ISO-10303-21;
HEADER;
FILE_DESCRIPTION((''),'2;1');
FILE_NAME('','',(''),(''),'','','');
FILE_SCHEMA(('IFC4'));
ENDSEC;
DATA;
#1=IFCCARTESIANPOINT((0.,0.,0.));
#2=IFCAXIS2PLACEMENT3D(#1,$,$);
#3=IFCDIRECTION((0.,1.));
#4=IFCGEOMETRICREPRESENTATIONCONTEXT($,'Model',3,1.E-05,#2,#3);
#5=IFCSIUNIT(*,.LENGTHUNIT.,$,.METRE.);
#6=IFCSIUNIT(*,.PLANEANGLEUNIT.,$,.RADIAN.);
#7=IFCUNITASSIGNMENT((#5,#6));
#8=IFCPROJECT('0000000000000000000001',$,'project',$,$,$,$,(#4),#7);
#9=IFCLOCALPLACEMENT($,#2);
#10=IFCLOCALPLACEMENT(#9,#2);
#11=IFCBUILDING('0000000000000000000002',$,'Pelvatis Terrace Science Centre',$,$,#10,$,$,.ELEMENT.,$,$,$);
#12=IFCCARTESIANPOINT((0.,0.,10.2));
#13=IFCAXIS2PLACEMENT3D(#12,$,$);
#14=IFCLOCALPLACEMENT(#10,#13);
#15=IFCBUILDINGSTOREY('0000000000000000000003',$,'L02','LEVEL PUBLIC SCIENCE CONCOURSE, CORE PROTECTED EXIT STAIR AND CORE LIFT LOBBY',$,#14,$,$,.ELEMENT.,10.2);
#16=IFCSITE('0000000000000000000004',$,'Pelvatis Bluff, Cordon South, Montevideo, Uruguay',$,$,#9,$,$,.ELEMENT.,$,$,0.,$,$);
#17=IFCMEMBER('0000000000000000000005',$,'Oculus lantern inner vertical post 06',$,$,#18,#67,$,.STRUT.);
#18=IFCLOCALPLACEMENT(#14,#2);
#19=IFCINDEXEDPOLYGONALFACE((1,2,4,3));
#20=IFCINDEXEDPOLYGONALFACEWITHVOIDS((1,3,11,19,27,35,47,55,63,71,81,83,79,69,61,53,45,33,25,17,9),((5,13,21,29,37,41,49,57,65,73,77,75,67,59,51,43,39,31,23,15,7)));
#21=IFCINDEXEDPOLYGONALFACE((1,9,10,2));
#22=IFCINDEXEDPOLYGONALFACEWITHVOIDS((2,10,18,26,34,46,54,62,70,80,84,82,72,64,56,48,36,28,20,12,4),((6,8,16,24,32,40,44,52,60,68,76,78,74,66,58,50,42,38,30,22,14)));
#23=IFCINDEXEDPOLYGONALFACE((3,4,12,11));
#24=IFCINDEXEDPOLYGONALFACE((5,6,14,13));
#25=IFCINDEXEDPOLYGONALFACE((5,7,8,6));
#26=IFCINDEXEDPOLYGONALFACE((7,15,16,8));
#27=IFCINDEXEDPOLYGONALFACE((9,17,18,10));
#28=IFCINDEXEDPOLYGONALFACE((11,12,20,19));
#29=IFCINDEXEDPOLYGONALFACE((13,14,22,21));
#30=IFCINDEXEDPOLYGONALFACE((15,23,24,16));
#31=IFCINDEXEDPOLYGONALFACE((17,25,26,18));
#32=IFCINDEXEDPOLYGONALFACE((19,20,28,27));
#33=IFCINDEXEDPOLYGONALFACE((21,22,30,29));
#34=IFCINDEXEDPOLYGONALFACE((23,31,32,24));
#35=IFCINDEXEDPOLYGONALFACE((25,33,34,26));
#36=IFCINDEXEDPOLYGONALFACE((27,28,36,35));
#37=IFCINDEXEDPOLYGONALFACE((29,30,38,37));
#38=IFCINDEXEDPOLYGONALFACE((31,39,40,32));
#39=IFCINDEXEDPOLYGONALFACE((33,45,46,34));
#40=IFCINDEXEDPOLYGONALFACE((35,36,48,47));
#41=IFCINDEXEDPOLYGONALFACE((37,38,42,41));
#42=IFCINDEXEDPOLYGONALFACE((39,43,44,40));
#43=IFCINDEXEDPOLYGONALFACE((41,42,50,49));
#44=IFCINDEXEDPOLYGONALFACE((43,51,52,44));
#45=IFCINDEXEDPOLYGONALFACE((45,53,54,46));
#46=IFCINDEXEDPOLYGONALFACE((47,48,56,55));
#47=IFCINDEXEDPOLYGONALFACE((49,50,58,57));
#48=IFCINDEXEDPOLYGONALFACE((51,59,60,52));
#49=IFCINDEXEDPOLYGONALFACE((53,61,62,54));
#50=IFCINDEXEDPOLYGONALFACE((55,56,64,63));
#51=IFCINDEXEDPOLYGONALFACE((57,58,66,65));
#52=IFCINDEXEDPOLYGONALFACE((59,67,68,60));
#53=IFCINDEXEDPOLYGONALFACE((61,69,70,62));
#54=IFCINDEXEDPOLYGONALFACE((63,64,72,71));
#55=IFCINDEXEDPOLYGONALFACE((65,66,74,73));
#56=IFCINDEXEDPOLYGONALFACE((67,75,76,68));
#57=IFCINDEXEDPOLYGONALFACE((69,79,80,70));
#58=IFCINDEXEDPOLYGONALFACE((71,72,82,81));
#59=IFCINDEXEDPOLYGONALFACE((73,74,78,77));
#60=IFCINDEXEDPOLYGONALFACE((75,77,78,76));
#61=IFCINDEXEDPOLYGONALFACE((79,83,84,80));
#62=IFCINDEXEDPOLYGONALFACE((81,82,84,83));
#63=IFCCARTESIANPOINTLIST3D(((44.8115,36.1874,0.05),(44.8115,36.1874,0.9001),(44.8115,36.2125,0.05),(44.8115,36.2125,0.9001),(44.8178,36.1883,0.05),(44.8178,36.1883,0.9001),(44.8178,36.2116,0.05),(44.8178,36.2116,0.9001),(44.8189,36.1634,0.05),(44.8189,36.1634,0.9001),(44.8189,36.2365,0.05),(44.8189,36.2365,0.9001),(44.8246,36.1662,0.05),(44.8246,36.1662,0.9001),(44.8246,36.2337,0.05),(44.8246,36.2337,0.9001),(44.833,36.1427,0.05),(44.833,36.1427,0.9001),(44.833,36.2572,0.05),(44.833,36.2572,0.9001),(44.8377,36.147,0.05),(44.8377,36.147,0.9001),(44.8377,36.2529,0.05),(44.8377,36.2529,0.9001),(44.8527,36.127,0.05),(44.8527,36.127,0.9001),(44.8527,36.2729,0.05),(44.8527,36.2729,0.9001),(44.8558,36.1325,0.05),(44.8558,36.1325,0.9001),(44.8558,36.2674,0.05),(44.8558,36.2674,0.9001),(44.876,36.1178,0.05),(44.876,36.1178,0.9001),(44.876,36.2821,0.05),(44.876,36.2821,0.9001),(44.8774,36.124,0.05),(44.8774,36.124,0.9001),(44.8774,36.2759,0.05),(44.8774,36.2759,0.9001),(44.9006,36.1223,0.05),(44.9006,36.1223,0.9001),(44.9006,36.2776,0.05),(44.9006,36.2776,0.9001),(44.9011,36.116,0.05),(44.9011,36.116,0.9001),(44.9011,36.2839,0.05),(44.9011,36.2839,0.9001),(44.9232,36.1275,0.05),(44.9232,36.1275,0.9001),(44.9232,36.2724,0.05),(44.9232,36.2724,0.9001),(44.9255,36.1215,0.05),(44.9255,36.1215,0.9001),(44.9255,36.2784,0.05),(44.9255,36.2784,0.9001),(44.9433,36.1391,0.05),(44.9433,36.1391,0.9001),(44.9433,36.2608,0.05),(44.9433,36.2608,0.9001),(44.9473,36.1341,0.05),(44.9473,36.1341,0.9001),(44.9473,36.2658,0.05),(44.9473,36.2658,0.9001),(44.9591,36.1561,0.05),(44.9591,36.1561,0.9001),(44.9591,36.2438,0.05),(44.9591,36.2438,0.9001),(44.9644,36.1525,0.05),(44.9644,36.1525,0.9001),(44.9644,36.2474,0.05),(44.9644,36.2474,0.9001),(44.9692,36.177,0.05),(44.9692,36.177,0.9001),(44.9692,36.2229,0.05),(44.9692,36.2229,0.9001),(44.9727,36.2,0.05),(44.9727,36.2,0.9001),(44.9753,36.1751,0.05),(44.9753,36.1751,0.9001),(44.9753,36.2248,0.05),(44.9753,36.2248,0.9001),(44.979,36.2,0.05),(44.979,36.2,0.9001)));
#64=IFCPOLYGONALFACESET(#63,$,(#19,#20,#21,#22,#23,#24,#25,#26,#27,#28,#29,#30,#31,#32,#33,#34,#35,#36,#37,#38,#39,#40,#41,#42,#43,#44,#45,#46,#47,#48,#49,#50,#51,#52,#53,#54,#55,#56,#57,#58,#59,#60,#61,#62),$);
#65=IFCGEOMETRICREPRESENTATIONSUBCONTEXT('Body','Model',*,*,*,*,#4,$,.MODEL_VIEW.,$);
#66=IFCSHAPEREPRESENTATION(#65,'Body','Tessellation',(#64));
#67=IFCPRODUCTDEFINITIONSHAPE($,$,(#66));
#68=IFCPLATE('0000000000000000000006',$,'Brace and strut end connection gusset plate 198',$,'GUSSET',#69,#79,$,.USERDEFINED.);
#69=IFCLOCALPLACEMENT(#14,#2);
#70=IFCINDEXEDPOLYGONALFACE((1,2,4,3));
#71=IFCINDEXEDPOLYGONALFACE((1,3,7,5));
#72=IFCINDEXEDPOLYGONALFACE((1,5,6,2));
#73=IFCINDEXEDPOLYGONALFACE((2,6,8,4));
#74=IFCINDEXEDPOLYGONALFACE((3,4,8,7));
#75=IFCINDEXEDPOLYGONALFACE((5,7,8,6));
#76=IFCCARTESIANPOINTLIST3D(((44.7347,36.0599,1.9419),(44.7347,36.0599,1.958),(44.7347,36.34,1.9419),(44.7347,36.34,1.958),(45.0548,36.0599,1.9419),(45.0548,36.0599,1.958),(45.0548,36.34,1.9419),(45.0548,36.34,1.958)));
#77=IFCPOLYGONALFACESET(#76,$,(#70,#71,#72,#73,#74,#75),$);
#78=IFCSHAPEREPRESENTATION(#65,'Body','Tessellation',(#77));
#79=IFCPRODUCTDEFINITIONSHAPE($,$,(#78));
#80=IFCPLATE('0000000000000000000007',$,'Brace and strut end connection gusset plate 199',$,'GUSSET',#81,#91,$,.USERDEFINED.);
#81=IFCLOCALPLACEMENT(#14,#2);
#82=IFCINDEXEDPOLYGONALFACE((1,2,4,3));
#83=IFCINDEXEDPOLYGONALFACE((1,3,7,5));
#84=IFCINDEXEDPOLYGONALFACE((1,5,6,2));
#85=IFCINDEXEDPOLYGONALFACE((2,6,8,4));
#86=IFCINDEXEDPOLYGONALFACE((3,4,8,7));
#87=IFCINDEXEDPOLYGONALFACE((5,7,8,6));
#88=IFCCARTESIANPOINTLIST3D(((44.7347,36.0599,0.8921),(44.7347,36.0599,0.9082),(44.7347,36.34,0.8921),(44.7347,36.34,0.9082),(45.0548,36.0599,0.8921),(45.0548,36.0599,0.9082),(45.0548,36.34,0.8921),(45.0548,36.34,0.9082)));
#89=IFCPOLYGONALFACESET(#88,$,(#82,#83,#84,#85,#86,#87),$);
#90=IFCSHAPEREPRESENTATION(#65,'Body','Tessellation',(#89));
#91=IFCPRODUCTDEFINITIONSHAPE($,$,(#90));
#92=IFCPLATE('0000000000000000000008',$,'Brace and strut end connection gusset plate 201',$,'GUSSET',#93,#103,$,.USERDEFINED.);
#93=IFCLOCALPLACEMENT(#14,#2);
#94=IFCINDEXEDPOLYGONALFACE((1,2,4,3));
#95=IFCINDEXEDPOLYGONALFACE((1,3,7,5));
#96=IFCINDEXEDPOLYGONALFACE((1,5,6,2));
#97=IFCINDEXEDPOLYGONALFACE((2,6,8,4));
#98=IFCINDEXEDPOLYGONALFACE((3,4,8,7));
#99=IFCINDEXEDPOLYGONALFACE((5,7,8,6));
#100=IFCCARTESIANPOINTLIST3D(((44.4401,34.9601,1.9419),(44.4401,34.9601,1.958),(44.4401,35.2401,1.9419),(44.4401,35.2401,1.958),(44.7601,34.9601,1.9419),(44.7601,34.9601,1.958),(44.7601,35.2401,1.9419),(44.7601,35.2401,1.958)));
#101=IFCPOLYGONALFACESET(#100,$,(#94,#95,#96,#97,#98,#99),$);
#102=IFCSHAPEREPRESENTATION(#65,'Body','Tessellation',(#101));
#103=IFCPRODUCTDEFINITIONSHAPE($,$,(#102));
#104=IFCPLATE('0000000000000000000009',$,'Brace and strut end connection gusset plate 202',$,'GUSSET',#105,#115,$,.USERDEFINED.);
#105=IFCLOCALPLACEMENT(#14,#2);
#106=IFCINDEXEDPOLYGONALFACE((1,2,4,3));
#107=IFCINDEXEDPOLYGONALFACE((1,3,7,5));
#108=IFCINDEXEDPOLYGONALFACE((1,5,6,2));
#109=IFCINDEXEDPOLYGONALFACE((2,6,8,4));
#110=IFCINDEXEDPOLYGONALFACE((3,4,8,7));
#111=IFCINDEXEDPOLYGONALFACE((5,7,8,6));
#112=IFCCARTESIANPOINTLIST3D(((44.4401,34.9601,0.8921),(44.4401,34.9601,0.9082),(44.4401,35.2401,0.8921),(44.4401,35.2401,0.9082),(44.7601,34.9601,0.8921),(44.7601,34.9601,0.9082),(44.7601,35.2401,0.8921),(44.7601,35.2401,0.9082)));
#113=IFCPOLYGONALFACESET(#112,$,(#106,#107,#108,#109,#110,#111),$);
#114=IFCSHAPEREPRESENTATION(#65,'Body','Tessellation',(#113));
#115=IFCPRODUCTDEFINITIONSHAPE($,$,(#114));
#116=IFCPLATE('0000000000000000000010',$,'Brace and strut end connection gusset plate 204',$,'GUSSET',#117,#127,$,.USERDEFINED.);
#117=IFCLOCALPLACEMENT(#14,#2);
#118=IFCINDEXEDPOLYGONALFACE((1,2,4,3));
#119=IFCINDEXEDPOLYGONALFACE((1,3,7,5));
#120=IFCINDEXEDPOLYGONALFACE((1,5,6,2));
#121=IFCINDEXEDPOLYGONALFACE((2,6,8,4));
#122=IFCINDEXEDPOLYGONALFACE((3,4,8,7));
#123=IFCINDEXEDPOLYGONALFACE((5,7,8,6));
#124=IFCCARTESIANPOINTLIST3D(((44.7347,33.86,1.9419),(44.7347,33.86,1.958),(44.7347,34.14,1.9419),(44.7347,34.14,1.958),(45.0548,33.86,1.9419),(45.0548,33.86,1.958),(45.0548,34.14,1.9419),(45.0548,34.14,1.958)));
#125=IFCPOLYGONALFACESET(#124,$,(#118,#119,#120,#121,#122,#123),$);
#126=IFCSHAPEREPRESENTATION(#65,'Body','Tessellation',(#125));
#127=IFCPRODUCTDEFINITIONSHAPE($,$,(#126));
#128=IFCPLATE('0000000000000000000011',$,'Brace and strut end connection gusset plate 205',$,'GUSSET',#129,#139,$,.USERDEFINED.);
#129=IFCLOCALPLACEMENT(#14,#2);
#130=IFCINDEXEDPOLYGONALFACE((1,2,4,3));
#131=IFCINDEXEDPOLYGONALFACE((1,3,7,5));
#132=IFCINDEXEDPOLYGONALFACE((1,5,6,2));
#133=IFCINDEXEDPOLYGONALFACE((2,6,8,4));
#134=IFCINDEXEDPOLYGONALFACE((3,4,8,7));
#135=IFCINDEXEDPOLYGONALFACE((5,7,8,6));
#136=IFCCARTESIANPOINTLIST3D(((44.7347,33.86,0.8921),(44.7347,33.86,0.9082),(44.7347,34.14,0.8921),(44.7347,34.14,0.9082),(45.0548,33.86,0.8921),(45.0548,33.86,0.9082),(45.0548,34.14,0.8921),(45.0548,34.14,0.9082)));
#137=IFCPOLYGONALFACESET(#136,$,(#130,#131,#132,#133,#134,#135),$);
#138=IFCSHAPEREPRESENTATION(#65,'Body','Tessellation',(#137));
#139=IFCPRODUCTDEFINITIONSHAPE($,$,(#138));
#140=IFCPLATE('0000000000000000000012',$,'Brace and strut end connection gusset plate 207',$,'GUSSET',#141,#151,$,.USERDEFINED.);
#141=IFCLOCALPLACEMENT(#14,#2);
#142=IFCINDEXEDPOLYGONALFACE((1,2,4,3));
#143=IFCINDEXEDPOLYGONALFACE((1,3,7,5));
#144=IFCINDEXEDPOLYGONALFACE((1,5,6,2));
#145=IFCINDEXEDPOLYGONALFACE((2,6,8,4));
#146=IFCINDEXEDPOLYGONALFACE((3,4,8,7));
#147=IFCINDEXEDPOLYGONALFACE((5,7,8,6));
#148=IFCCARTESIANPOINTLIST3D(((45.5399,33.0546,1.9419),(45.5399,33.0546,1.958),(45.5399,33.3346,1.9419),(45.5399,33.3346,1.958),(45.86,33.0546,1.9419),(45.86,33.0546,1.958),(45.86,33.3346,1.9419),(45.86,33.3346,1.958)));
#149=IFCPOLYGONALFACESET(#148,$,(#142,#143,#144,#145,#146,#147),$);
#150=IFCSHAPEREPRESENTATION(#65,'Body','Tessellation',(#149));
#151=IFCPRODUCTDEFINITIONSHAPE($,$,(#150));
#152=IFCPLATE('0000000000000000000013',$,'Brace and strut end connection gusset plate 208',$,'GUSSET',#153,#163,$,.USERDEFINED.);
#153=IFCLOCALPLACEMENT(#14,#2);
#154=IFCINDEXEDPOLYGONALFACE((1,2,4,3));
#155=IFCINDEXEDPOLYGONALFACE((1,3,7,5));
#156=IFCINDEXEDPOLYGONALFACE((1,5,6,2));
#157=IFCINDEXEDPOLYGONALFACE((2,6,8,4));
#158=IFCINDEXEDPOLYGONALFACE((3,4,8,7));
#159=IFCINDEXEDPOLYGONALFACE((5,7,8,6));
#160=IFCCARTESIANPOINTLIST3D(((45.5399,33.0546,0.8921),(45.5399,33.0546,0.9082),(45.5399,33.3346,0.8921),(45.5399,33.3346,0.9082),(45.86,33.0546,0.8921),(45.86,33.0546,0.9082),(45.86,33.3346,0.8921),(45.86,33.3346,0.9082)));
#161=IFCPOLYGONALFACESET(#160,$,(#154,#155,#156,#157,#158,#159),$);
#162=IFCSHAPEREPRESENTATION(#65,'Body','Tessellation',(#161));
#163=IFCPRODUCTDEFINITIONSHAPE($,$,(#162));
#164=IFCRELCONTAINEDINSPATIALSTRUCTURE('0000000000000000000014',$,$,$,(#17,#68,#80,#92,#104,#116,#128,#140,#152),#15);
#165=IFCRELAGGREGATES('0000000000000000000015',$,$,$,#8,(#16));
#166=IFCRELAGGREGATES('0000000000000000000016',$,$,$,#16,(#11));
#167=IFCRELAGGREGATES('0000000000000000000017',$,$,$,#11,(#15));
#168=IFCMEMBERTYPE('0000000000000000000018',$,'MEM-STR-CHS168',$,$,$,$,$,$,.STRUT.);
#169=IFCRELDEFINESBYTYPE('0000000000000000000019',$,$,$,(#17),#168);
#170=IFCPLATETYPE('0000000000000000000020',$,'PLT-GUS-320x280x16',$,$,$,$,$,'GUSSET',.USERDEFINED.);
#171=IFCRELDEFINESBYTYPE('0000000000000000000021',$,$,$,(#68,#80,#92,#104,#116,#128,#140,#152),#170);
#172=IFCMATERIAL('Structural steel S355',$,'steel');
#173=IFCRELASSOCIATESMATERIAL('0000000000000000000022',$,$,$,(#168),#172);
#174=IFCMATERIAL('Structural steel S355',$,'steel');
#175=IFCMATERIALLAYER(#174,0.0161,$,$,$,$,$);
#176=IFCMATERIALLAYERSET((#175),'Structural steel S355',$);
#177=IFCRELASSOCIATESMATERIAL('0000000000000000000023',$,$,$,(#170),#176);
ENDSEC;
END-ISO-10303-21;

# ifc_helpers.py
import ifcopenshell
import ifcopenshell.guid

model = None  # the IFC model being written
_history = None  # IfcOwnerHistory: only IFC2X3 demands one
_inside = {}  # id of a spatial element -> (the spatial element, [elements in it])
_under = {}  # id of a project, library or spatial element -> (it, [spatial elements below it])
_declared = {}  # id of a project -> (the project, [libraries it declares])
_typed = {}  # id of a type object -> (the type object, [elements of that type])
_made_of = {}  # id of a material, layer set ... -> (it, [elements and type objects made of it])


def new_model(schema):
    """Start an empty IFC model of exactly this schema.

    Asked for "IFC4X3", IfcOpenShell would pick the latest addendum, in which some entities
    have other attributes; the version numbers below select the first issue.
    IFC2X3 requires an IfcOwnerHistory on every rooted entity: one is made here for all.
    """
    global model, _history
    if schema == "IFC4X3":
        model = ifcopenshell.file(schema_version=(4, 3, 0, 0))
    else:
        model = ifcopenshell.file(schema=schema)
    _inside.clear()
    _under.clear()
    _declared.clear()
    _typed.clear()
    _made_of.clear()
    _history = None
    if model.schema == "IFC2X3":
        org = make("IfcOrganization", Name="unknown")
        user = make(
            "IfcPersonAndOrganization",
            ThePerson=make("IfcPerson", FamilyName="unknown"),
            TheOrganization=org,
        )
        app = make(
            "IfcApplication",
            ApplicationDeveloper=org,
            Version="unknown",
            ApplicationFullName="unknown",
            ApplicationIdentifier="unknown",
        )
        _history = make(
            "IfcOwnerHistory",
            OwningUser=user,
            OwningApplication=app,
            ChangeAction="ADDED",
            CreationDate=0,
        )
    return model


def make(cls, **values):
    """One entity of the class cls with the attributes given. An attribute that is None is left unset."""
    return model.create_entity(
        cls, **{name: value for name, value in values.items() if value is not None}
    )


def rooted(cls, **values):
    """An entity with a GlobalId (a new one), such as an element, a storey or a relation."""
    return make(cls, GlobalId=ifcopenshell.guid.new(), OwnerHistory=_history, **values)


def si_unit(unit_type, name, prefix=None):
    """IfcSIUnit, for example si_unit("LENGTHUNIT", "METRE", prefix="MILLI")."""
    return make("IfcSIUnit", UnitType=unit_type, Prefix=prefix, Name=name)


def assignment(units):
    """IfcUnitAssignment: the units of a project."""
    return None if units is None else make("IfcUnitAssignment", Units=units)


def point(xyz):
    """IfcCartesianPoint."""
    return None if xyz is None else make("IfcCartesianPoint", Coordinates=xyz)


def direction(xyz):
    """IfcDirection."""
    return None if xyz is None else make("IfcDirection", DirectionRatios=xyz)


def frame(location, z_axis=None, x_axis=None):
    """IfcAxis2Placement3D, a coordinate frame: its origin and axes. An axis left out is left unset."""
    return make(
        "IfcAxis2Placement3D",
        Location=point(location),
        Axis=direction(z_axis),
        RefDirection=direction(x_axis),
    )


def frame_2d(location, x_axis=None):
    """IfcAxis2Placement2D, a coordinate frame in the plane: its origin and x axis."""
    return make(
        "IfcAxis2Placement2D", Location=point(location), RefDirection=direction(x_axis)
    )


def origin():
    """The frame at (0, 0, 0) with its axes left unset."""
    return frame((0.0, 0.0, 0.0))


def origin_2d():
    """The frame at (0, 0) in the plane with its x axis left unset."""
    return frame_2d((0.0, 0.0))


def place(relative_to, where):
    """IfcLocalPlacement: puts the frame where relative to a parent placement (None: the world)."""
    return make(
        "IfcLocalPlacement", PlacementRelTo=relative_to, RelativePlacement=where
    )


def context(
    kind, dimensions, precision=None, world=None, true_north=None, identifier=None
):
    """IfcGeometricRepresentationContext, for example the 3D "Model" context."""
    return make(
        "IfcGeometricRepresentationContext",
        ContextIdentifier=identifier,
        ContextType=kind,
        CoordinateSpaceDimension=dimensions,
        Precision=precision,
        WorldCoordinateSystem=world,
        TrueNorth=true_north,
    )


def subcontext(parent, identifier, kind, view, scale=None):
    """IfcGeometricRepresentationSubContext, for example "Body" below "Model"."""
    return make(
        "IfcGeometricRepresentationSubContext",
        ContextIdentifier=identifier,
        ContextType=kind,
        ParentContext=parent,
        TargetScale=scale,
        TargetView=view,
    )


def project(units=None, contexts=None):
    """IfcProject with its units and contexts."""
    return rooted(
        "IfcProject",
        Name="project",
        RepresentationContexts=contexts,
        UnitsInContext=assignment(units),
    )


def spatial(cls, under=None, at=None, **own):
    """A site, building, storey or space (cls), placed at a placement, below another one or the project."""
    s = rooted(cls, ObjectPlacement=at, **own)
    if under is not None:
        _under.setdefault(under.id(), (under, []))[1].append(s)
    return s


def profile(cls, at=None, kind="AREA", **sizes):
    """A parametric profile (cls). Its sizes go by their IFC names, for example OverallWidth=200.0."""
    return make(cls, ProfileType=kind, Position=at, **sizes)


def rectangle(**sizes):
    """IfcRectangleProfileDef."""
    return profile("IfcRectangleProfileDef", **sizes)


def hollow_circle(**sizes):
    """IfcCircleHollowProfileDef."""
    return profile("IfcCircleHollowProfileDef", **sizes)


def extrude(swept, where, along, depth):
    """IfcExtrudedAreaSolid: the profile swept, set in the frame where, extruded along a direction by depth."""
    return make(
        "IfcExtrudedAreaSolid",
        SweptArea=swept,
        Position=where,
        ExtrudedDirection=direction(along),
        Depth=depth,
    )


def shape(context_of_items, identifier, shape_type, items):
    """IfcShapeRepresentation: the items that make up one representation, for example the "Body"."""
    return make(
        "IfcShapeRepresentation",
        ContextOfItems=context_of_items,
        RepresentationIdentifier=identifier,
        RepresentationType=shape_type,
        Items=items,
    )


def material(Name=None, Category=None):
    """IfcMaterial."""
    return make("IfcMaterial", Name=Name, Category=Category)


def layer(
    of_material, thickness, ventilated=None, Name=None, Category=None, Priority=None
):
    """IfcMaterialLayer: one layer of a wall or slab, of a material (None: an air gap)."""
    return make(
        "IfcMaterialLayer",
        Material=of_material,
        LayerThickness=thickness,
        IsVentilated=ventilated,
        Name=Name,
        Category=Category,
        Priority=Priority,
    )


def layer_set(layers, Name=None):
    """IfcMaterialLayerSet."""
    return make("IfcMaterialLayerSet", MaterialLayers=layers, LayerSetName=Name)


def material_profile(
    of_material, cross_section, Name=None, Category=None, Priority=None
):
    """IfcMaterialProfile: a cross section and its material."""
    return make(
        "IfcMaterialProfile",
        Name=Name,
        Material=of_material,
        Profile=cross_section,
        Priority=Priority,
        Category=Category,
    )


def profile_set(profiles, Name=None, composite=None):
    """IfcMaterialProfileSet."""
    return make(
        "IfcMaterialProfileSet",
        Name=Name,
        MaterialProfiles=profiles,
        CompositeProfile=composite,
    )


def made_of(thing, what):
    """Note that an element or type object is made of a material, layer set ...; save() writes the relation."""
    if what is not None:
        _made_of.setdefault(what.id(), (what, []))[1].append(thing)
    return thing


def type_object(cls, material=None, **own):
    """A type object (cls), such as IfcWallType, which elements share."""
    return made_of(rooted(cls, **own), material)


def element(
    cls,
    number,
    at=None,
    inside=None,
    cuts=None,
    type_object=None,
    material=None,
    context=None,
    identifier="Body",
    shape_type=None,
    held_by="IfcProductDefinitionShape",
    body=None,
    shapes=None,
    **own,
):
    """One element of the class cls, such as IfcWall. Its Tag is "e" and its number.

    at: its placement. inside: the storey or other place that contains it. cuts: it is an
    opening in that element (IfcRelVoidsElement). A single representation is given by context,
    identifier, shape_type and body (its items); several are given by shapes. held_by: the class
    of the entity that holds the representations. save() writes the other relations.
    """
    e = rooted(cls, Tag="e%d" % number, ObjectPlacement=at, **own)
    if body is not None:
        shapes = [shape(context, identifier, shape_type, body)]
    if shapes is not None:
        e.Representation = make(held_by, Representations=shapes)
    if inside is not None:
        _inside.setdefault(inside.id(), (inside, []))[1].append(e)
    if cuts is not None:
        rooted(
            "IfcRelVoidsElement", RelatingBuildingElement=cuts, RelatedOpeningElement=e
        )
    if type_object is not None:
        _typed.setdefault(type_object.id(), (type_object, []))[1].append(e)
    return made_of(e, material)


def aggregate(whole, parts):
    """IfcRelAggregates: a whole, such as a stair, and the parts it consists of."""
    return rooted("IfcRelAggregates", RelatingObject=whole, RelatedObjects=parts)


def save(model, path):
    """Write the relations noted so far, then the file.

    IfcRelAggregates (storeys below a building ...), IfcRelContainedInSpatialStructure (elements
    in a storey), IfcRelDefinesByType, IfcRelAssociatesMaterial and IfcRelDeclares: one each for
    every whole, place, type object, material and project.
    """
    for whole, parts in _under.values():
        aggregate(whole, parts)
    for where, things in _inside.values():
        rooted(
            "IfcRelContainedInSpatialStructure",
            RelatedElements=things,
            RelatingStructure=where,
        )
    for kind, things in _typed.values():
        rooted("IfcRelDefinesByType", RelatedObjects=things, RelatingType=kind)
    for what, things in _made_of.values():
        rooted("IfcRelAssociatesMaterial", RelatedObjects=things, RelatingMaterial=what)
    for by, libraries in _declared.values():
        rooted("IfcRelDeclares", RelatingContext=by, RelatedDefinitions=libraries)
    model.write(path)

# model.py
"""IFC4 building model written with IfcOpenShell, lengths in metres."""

from ifc_helpers import new_model, si_unit, direction, frame, origin, origin_2d, place, context, subcontext, project, spatial, rectangle, hollow_circle, extrude, material, layer, layer_set, material_profile, profile_set, type_object, element, save


model = new_model("IFC4")

# Units and contexts
model_context = context("Model", 3, precision=1e-05, world=origin(), true_north=direction((0.0, 1.0)))
body_context = subcontext(model_context, "Body", "Model", "MODEL_VIEW")
ifc_project = project(units=[si_unit("LENGTHUNIT", "METRE"), si_unit("PLANEANGLEUNIT", "RADIAN")], contexts=[model_context])

# Site, building, storey
site_placement = place(None, origin())
site = spatial("IfcSite", under=ifc_project, at=site_placement, Name="Pelvatis Bluff, Cordon South, Montevideo, Uruguay", CompositionType="ELEMENT", RefElevation=0.0)
building_placement = place(site_placement, origin())
building = spatial("IfcBuilding", under=site, at=building_placement, Name="Pelvatis Terrace Science Centre", CompositionType="ELEMENT")
storey_placement = place(building_placement, frame((0.0, 0.0, 10.2)))
storey = spatial("IfcBuildingStorey", under=building, at=storey_placement, Name="L02", Description="LEVEL PUBLIC SCIENCE CONCOURSE, CORE PROTECTED EXIT STAIR AND CORE LIFT LOBBY", CompositionType="ELEMENT", Elevation=10.2)

# Member
ifc_material_1 = material(Name="Structural steel S355", Category="steel")
ifc_material_profile_1 = material_profile(ifc_material_1, hollow_circle(Radius=0.0842, WallThickness=0.0063, at=origin_2d()), Name="CHS 168.3x6.3")
ifc_profile_set_1 = profile_set([ifc_material_profile_1], Name="Structural steel S355")
member_type_1 = type_object("IfcMemberType", Name="MEM-STR-CHS168", PredefinedType="STRUT", material=ifc_profile_set_1)
for number, where, z_axis, x_axis, name in (
    (1, (44.8948, 36.2, 0.05), (0.0, 0.0, 1.0), (1.0, 0.0, 0.0), "Oculus lantern inner vertical post 06"),
):
    element("IfcMember", number, at=place(storey_placement, frame(where, z_axis=z_axis, x_axis=x_axis)), inside=storey, type_object=member_type_1, Name=name, PredefinedType="STRUT", context=body_context, shape_type="SweptSolid", body=[
        extrude(hollow_circle(Radius=0.0842, WallThickness=0.0063, at=origin_2d()), origin(), (0.0, 0.0, 1.0), 0.8501),
    ])

# Plates
ifc_material_2 = material(Name="Structural steel S355", Category="steel")
ifc_layer = layer(ifc_material_2, 0.0161)
ifc_layer_set = layer_set([ifc_layer], Name="Structural steel S355")
plate_type = type_object("IfcPlateType", Name="PLT-GUS-320x280x16", ElementType="GUSSET", PredefinedType="USERDEFINED", material=ifc_layer_set)
for number, where, z_axis, x_axis, name in (
    (2, (44.8948, 36.2, 1.9419), (0.0, 0.0, 1.0), (1.0, 0.0, 0.0), "Brace and strut end connection gusset plate 198"),
    (3, (44.8948, 36.2, 0.8921), (0.0, 0.0, 1.0), (1.0, 0.0, 0.0), "Brace and strut end connection gusset plate 199"),
    (4, (44.6001, 35.1001, 1.9419), (0.0, 0.0, 1.0), (1.0, 0.0, 0.0), "Brace and strut end connection gusset plate 201"),
    (5, (44.6001, 35.1001, 0.8921), (0.0, 0.0, 1.0), (1.0, 0.0, 0.0), "Brace and strut end connection gusset plate 202"),
    (6, (44.8948, 34.0, 1.9419), (0.0, 0.0, 1.0), (1.0, 0.0, 0.0), "Brace and strut end connection gusset plate 204"),
    (7, (44.8948, 34.0, 0.8921), (0.0, 0.0, 1.0), (1.0, 0.0, 0.0), "Brace and strut end connection gusset plate 205"),
    (8, (45.7, 33.1946, 1.9419), (0.0, 0.0, 1.0), (1.0, 0.0, 0.0), "Brace and strut end connection gusset plate 207"),
    (9, (45.7, 33.1946, 0.8921), (0.0, 0.0, 1.0), (1.0, 0.0, 0.0), "Brace and strut end connection gusset plate 208"),
):
    element("IfcPlate", number, at=place(storey_placement, frame(where, z_axis=z_axis, x_axis=x_axis)), inside=storey, type_object=plate_type, Name=name, ObjectType="GUSSET", PredefinedType="USERDEFINED", context=body_context, shape_type="SweptSolid", body=[
        extrude(rectangle(XDim=0.3201, YDim=0.28, at=origin_2d()), origin(), (0.0, 0.0, 1.0), 0.0161),
    ])

save(model, "model.ifc")
